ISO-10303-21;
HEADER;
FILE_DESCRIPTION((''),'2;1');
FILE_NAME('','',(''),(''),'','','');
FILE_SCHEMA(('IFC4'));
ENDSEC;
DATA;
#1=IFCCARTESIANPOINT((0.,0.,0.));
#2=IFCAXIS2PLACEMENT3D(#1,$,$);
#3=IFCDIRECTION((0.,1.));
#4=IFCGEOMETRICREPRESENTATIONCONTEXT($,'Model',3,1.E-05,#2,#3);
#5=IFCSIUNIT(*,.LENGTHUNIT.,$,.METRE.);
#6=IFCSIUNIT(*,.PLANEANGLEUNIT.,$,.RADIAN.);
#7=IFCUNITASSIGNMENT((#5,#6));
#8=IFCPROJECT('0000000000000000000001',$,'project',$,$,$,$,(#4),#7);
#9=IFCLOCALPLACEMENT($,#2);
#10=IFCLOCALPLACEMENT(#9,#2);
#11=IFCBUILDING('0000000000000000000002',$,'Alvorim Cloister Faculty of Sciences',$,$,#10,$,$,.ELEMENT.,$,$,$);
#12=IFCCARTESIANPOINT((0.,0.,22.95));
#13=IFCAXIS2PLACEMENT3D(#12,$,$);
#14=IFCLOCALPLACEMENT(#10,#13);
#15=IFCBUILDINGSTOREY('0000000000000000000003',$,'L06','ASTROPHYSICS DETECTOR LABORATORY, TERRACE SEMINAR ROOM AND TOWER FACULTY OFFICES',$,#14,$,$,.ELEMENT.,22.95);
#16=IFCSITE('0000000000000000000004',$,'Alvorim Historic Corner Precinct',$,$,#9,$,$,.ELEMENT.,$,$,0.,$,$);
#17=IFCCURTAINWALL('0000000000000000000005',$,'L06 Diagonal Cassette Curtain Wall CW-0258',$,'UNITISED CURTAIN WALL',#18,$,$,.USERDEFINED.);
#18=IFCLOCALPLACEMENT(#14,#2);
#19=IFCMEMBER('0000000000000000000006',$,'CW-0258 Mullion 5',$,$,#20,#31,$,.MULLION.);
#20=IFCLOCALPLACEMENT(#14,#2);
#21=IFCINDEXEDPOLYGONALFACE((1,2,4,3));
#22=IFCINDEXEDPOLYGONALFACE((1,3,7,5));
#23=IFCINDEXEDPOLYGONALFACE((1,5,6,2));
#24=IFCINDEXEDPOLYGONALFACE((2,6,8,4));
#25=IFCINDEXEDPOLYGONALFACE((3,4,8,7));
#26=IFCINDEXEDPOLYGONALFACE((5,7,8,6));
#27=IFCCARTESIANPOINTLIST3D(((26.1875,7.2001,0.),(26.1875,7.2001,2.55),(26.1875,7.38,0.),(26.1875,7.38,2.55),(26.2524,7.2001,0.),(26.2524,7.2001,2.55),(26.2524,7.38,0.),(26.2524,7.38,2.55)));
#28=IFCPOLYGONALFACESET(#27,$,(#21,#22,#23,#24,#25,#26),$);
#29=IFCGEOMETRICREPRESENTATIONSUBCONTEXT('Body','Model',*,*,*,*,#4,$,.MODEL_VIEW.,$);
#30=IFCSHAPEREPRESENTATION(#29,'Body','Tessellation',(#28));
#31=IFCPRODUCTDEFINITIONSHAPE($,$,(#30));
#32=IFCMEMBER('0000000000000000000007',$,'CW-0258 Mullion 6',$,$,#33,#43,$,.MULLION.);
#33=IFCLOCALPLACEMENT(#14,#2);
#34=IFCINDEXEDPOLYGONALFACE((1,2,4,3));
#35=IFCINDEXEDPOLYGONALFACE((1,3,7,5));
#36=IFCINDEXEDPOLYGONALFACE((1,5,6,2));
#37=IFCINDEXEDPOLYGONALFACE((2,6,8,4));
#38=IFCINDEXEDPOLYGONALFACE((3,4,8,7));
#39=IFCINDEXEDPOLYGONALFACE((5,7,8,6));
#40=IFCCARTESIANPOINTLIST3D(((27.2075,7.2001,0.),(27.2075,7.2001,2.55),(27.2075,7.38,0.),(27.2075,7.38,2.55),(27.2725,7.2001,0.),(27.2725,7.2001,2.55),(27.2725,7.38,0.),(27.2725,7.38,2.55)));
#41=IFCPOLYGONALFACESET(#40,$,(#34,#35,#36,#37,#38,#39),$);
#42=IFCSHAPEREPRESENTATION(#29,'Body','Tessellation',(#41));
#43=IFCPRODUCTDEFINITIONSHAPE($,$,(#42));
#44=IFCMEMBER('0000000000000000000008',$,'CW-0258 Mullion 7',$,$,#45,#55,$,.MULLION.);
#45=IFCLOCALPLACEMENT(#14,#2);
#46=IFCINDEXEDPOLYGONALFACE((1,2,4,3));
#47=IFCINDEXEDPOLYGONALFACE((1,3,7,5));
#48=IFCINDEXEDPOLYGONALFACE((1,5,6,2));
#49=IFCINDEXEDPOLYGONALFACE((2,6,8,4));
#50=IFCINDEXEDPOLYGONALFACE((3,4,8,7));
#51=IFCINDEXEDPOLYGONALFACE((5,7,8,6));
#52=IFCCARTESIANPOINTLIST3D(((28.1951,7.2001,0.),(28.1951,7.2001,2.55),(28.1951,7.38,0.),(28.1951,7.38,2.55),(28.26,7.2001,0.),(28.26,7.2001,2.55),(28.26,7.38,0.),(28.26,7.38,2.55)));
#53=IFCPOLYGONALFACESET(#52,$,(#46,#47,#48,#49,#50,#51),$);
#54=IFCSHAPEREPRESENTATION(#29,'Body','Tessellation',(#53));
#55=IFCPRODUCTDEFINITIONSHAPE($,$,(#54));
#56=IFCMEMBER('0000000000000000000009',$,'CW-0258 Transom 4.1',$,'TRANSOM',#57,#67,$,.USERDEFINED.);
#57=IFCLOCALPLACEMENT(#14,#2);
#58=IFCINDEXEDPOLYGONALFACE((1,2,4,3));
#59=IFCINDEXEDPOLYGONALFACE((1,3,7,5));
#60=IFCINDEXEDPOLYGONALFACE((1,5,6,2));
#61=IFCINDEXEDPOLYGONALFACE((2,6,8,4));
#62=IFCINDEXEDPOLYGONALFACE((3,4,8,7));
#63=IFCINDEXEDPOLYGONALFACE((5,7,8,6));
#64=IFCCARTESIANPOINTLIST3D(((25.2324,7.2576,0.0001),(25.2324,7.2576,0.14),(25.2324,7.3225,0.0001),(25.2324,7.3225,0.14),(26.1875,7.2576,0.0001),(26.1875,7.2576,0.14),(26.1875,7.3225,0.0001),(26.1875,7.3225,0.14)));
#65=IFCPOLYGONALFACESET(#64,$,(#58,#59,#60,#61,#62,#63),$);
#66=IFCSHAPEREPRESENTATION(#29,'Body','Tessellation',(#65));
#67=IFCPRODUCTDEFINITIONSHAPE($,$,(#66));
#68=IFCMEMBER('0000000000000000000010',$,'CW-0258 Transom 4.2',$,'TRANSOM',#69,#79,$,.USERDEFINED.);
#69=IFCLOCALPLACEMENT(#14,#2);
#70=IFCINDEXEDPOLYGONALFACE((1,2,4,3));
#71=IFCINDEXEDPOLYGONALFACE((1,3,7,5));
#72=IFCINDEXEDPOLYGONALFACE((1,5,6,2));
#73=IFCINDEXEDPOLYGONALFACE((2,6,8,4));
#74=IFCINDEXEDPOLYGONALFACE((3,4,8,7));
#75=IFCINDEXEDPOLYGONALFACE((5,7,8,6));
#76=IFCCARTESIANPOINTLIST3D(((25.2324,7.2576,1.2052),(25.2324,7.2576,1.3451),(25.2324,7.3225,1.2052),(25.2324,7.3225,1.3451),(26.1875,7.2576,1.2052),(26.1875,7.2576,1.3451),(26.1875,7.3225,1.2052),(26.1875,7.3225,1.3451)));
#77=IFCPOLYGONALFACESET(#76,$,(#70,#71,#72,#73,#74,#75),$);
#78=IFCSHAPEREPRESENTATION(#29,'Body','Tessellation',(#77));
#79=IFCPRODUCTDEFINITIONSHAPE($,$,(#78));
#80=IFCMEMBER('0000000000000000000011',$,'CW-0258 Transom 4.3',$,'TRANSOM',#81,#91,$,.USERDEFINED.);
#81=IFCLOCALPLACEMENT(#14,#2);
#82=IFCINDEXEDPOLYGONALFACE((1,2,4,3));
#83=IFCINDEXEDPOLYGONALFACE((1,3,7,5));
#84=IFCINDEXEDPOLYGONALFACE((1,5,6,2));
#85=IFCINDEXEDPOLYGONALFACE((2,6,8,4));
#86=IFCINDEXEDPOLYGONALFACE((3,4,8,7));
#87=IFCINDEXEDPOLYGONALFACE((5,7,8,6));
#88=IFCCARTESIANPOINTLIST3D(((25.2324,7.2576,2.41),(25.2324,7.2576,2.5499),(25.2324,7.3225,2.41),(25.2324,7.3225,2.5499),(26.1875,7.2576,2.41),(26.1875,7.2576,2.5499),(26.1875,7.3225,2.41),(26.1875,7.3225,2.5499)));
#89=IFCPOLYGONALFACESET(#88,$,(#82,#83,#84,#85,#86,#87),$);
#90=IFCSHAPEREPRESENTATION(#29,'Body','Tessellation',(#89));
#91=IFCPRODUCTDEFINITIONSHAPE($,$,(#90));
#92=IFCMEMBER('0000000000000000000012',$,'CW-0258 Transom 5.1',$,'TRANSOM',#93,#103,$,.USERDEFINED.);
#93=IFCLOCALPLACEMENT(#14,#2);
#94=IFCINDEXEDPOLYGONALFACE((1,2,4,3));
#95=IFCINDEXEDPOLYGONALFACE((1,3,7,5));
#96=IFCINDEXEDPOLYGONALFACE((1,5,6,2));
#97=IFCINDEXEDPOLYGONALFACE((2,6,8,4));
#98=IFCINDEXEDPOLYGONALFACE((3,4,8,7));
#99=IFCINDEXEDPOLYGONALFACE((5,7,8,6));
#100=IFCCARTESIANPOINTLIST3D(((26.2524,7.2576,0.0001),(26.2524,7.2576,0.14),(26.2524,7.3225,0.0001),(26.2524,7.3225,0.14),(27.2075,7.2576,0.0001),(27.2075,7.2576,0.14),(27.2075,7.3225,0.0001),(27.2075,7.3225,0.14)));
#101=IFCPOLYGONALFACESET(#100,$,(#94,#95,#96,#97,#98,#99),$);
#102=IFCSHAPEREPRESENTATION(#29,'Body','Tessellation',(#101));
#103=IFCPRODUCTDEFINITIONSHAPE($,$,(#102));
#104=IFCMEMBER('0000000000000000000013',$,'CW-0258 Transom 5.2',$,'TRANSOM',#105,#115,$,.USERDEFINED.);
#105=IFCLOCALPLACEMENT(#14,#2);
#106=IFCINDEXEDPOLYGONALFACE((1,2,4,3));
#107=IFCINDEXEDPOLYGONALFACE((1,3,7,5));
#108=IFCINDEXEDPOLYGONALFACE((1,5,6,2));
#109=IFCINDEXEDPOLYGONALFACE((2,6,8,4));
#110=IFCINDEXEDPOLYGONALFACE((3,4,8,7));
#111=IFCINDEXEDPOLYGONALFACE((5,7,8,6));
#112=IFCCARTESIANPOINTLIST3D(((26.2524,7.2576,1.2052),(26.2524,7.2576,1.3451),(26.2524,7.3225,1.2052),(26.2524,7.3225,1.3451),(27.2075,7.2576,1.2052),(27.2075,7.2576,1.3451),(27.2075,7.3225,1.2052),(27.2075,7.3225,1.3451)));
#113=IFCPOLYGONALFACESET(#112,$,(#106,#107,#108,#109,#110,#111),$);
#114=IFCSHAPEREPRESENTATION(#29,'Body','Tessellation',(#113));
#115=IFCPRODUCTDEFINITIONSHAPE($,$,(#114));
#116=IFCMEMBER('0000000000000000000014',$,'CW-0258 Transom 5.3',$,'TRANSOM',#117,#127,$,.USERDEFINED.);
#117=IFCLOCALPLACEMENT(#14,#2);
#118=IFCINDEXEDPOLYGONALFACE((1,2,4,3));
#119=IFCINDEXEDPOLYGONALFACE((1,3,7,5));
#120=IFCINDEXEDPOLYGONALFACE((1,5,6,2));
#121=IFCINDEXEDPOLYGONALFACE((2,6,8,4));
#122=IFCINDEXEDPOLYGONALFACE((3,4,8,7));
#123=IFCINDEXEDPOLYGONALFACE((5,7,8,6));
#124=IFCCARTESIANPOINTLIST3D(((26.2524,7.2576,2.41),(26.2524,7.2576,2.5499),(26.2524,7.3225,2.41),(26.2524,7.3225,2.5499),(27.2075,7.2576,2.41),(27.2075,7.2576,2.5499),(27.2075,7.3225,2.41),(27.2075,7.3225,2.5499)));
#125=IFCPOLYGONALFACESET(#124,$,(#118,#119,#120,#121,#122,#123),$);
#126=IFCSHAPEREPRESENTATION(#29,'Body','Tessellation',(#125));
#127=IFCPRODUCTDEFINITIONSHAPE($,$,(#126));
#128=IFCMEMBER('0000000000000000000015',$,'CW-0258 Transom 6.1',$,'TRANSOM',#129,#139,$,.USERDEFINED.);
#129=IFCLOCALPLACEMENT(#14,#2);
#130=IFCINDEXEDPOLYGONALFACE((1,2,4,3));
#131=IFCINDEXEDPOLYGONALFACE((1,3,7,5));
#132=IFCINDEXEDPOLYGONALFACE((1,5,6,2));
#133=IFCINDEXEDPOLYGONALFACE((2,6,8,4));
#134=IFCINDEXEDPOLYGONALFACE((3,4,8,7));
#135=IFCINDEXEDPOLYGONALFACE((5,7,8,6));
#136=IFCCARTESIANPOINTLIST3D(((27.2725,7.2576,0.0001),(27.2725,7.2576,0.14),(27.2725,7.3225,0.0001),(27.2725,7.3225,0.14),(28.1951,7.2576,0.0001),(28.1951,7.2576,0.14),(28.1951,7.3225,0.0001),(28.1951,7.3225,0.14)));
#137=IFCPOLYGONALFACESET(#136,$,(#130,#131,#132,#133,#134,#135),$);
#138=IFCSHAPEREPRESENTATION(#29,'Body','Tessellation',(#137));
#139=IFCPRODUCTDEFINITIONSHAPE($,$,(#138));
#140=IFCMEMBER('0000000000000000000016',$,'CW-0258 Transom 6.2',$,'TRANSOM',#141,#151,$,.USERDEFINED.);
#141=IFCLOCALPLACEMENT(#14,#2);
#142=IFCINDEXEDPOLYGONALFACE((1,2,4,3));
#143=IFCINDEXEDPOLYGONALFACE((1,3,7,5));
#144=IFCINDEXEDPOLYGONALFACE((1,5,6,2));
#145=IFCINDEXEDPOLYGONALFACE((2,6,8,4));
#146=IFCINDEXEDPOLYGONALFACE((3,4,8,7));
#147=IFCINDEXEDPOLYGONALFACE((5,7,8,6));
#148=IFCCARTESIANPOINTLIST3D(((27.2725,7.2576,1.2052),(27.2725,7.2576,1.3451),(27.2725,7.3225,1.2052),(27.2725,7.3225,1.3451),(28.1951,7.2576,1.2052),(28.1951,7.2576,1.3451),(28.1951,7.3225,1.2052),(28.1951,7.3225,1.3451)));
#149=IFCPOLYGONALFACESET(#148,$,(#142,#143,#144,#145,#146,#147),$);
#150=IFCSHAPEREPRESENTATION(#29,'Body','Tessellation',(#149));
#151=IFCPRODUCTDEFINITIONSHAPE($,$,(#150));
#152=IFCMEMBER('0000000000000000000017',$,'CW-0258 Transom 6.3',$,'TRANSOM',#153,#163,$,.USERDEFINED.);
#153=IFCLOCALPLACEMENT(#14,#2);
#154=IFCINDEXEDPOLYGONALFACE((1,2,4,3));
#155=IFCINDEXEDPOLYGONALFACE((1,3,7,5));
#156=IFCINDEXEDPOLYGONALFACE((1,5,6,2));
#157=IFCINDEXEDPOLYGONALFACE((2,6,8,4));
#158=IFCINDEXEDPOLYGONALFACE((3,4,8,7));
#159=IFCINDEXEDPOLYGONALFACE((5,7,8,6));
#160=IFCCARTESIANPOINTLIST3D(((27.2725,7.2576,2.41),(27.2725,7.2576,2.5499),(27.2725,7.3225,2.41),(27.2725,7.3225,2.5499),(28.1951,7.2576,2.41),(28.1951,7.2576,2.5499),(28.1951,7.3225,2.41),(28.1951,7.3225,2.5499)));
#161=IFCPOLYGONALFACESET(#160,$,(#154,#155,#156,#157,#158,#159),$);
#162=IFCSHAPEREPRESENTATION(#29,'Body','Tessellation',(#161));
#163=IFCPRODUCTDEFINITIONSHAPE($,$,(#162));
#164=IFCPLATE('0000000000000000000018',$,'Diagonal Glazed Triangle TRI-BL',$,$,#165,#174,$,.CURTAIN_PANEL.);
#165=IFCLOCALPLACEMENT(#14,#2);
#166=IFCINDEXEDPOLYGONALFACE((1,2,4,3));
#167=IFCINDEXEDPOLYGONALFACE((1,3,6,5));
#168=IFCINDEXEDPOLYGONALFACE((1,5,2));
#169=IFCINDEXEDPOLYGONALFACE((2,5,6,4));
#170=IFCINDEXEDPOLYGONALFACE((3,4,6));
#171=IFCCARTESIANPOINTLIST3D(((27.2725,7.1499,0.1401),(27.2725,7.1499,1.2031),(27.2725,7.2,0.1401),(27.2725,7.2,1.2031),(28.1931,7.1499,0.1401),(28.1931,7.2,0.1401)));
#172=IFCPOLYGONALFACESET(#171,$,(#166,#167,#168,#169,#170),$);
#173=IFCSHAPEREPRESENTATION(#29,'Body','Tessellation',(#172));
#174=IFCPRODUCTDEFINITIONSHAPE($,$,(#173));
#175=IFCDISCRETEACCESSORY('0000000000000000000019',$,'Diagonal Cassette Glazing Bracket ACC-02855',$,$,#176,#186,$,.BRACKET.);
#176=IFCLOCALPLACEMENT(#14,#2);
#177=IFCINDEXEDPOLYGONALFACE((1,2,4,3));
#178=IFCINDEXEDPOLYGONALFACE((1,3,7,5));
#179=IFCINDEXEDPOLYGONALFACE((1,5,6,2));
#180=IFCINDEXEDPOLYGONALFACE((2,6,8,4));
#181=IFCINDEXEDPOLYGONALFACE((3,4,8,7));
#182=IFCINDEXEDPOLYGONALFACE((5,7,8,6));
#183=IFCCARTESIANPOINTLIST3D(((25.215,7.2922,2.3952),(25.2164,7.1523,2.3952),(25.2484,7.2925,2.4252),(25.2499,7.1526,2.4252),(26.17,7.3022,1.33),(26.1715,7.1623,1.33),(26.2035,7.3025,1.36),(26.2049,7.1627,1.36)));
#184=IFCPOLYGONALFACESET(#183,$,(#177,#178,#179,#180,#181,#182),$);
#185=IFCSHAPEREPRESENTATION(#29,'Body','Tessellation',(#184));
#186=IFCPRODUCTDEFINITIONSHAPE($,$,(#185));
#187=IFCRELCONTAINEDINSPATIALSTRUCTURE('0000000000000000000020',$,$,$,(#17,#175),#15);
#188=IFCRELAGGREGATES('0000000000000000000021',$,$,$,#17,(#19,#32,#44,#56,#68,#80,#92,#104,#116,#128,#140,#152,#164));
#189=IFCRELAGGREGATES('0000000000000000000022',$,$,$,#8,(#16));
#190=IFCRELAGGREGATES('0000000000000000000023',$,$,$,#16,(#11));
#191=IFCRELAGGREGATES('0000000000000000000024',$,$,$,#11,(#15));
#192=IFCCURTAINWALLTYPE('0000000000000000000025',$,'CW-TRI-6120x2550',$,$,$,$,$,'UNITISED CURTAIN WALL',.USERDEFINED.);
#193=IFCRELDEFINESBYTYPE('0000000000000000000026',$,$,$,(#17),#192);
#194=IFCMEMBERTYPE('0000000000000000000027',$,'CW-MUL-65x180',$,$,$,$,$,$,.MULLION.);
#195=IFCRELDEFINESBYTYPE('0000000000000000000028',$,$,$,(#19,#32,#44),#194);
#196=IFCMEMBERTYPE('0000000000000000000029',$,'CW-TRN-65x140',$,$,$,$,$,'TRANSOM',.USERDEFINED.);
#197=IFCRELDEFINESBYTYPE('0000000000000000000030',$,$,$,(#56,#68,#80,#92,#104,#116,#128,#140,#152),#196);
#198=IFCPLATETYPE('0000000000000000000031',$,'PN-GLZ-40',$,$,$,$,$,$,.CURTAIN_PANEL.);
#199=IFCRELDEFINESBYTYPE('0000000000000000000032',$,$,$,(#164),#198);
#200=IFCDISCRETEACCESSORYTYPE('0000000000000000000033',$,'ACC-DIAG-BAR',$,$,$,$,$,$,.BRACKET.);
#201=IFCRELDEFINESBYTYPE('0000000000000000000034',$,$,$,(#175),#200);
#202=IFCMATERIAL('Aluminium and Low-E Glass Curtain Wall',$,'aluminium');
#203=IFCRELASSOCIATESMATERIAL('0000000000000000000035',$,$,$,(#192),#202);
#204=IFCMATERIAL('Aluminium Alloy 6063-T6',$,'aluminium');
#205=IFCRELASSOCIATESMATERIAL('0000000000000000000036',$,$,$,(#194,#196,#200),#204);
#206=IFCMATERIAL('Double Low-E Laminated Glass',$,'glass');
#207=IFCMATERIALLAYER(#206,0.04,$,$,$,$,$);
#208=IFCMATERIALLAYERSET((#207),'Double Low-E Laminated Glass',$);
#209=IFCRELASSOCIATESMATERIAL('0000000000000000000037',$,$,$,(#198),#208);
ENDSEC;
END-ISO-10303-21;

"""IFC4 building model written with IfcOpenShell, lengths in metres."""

from ifc_helpers import new_model, si_unit, direction, frame, origin, origin_2d, place, context, subcontext, project, spatial, polyline, rectangle, outline, extrude, material, layer, layer_set, material_profile, profile_set, type_object, element, aggregate, save


model = new_model("IFC4")

# Units and contexts
model_context = context("Model", 3, precision=1e-05, world=origin(), true_north=direction((0.0, 1.0)))
body_context = subcontext(model_context, "Body", "Model", "MODEL_VIEW")
ifc_project = project(units=[si_unit("LENGTHUNIT", "METRE"), si_unit("PLANEANGLEUNIT", "RADIAN")], contexts=[model_context])

# Site, building, storey
site_placement = place(None, origin())
site = spatial("IfcSite", under=ifc_project, at=site_placement, Name="Alvorim Historic Corner Precinct", CompositionType="ELEMENT", RefElevation=0.0)
building_placement = place(site_placement, origin())
building = spatial("IfcBuilding", under=site, at=building_placement, Name="Alvorim Cloister Faculty of Sciences", CompositionType="ELEMENT")
storey_placement = place(building_placement, frame((0.0, 0.0, 22.95)))
storey = spatial("IfcBuildingStorey", under=building, at=storey_placement, Name="L06", Description="ASTROPHYSICS DETECTOR LABORATORY, TERRACE SEMINAR ROOM AND TOWER FACULTY OFFICES", CompositionType="ELEMENT", Elevation=22.95)

# Curtain wall, members, plate
ifc_material_1 = material(Name="Aluminium and Low-E Glass Curtain Wall", Category="aluminium")
curtain_wall_type = type_object("IfcCurtainWallType", Name="CW-TRI-6120x2550", ElementType="UNITISED CURTAIN WALL", PredefinedType="USERDEFINED", material=ifc_material_1)
curtain_wall_placement = place(storey_placement, origin())
curtain_wall = element("IfcCurtainWall", 1, at=curtain_wall_placement, inside=storey, type_object=curtain_wall_type, Name="L06 Diagonal Cassette Curtain Wall CW-0258", ObjectType="UNITISED CURTAIN WALL", PredefinedType="USERDEFINED")
ifc_material_2 = material(Name="Aluminium Alloy 6063-T6", Category="aluminium")
ifc_material_profile_1 = material_profile(ifc_material_2, rectangle(XDim=0.0649, YDim=0.1799, at=origin_2d()), Name="ALU-MUL-65x180")
ifc_profile_set_1 = profile_set([ifc_material_profile_1], Name="Aluminium Alloy 6063-T6")
member_type_1 = type_object("IfcMemberType", Name="CW-MUL-65x180", PredefinedType="MULLION", material=ifc_profile_set_1)
member_1_placement = place(storey_placement, frame((26.22, 7.29, 0.0), z_axis=(0.0, 0.0, 1.0), x_axis=(1.0, 0.0, 0.0)))
member_1 = element("IfcMember", 2, at=member_1_placement, type_object=member_type_1, Name="CW-0258 Mullion 5", PredefinedType="MULLION", context=body_context, shape_type="SweptSolid", body=[
    extrude(rectangle(XDim=0.0649, YDim=0.1799, at=origin_2d()), origin(), (0.0, 0.0, 1.0), 2.55),
])
member_2_placement = place(storey_placement, frame((27.24, 7.29, 0.0), z_axis=(0.0, 0.0, 1.0), x_axis=(1.0, 0.0, 0.0)))
member_2 = element("IfcMember", 3, at=member_2_placement, type_object=member_type_1, Name="CW-0258 Mullion 6", PredefinedType="MULLION", context=body_context, shape_type="SweptSolid", body=[
    extrude(rectangle(XDim=0.0649, YDim=0.1799, at=origin_2d()), origin(), (0.0, 0.0, 1.0), 2.55),
])
member_3_placement = place(storey_placement, frame((28.2275, 7.29, 0.0), z_axis=(0.0, 0.0, 1.0), x_axis=(1.0, 0.0, 0.0)))
member_3 = element("IfcMember", 4, at=member_3_placement, type_object=member_type_1, Name="CW-0258 Mullion 7", PredefinedType="MULLION", context=body_context, shape_type="SweptSolid", body=[
    extrude(rectangle(XDim=0.0649, YDim=0.1799, at=origin_2d()), origin(), (0.0, 0.0, 1.0), 2.55),
])
ifc_material_profile_2 = material_profile(ifc_material_2, rectangle(XDim=0.0649, YDim=0.1399, at=origin_2d()), Name="ALU-TRN-65x140")
ifc_profile_set_2 = profile_set([ifc_material_profile_2], Name="Aluminium Alloy 6063-T6")
member_type_2 = type_object("IfcMemberType", Name="CW-TRN-65x140", ElementType="TRANSOM", PredefinedType="USERDEFINED", material=ifc_profile_set_2)
member_4_placement = place(storey_placement, frame((25.2324, 7.29, 0.0701), z_axis=(1.0, 0.0, 0.0), x_axis=(0.0, 1.0, 0.0)))
member_4 = element("IfcMember", 5, at=member_4_placement, type_object=member_type_2, Name="CW-0258 Transom 4.1", ObjectType="TRANSOM", PredefinedType="USERDEFINED", context=body_context, shape_type="SweptSolid", body=[
    extrude(rectangle(XDim=0.0649, YDim=0.1399, at=origin_2d()), origin(), (0.0, 0.0, 1.0), 0.9551),
])
member_5_placement = place(storey_placement, frame((25.2324, 7.29, 1.2751), z_axis=(1.0, 0.0, 0.0), x_axis=(0.0, 1.0, 0.0)))
member_5 = element("IfcMember", 6, at=member_5_placement, type_object=member_type_2, Name="CW-0258 Transom 4.2", ObjectType="TRANSOM", PredefinedType="USERDEFINED", context=body_context, shape_type="SweptSolid", body=[
    extrude(rectangle(XDim=0.0649, YDim=0.1399, at=origin_2d()), origin(), (0.0, 0.0, 1.0), 0.9551),
])
member_6_placement = place(storey_placement, frame((25.2324, 7.29, 2.48), z_axis=(1.0, 0.0, 0.0), x_axis=(0.0, 1.0, 0.0)))
member_6 = element("IfcMember", 7, at=member_6_placement, type_object=member_type_2, Name="CW-0258 Transom 4.3", ObjectType="TRANSOM", PredefinedType="USERDEFINED", context=body_context, shape_type="SweptSolid", body=[
    extrude(rectangle(XDim=0.0649, YDim=0.1399, at=origin_2d()), origin(), (0.0, 0.0, 1.0), 0.9551),
])
member_7_placement = place(storey_placement, frame((26.2524, 7.29, 0.0701), z_axis=(1.0, 0.0, 0.0), x_axis=(0.0, 1.0, 0.0)))
member_7 = element("IfcMember", 8, at=member_7_placement, type_object=member_type_2, Name="CW-0258 Transom 5.1", ObjectType="TRANSOM", PredefinedType="USERDEFINED", context=body_context, shape_type="SweptSolid", body=[
    extrude(rectangle(XDim=0.0649, YDim=0.1399, at=origin_2d()), origin(), (0.0, 0.0, 1.0), 0.9551),
])
member_8_placement = place(storey_placement, frame((26.2524, 7.29, 1.2751), z_axis=(1.0, 0.0, 0.0), x_axis=(0.0, 1.0, 0.0)))
member_8 = element("IfcMember", 9, at=member_8_placement, type_object=member_type_2, Name="CW-0258 Transom 5.2", ObjectType="TRANSOM", PredefinedType="USERDEFINED", context=body_context, shape_type="SweptSolid", body=[
    extrude(rectangle(XDim=0.0649, YDim=0.1399, at=origin_2d()), origin(), (0.0, 0.0, 1.0), 0.9551),
])
member_9_placement = place(storey_placement, frame((26.2524, 7.29, 2.48), z_axis=(1.0, 0.0, 0.0), x_axis=(0.0, 1.0, 0.0)))
member_9 = element("IfcMember", 10, at=member_9_placement, type_object=member_type_2, Name="CW-0258 Transom 5.3", ObjectType="TRANSOM", PredefinedType="USERDEFINED", context=body_context, shape_type="SweptSolid", body=[
    extrude(rectangle(XDim=0.0649, YDim=0.1399, at=origin_2d()), origin(), (0.0, 0.0, 1.0), 0.9551),
])
member_10_placement = place(storey_placement, frame((27.2725, 7.29, 0.0701), z_axis=(1.0, 0.0, 0.0), x_axis=(0.0, 1.0, 0.0)))
member_10 = element("IfcMember", 11, at=member_10_placement, type_object=member_type_2, Name="CW-0258 Transom 6.1", ObjectType="TRANSOM", PredefinedType="USERDEFINED", context=body_context, shape_type="SweptSolid", body=[
    extrude(rectangle(XDim=0.0649, YDim=0.1399, at=origin_2d()), origin(), (0.0, 0.0, 1.0), 0.9226),
])
member_11_placement = place(storey_placement, frame((27.2725, 7.29, 1.2751), z_axis=(1.0, 0.0, 0.0), x_axis=(0.0, 1.0, 0.0)))
member_11 = element("IfcMember", 12, at=member_11_placement, type_object=member_type_2, Name="CW-0258 Transom 6.2", ObjectType="TRANSOM", PredefinedType="USERDEFINED", context=body_context, shape_type="SweptSolid", body=[
    extrude(rectangle(XDim=0.0649, YDim=0.1399, at=origin_2d()), origin(), (0.0, 0.0, 1.0), 0.9226),
])
member_12_placement = place(storey_placement, frame((27.2725, 7.29, 2.48), z_axis=(1.0, 0.0, 0.0), x_axis=(0.0, 1.0, 0.0)))
member_12 = element("IfcMember", 13, at=member_12_placement, type_object=member_type_2, Name="CW-0258 Transom 6.3", ObjectType="TRANSOM", PredefinedType="USERDEFINED", context=body_context, shape_type="SweptSolid", body=[
    extrude(rectangle(XDim=0.0649, YDim=0.1399, at=origin_2d()), origin(), (0.0, 0.0, 1.0), 0.9226),
])
ifc_material_3 = material(Name="Double Low-E Laminated Glass", Category="glass")
ifc_layer = layer(ifc_material_3, 0.04)
ifc_layer_set = layer_set([ifc_layer], Name="Double Low-E Laminated Glass")
plate_type = type_object("IfcPlateType", Name="PN-GLZ-40", PredefinedType="CURTAIN_PANEL", material=ifc_layer_set)
plate_1_placement = place(storey_placement, frame((27.2725, 7.175, 0.1401), z_axis=(0.0, 0.0, 1.0), x_axis=(1.0, 0.0, 0.0)))
plate_1 = element("IfcPlate", 14, at=plate_1_placement, type_object=plate_type, Name="Diagonal Glazed Triangle TRI-BL", PredefinedType="CURTAIN_PANEL", context=body_context, shape_type="SweptSolid", body=[
    extrude(outline(polyline([(0.0, 0.0), (0.9207, 0.0), (0.0, 1.063), (0.0, 0.0)])), frame((0.0, 0.0249, 0.0), z_axis=(0.0, -1.0, 0.0), x_axis=(1.0, 0.0, 0.0)), (0.0, 0.0, 1.0), 0.05),
])
aggregate(curtain_wall, [member_1, member_2, member_3, member_4, member_5, member_6, member_7, member_8, member_9, member_10, member_11, member_12, plate_1])

# Discrete accessory
discrete_accessory_type = type_object("IfcDiscreteAccessoryType", Name="ACC-DIAG-BAR", PredefinedType="BRACKET", material=ifc_material_2)
discrete_accessory_1_placement = place(storey_placement, frame((25.2324, 7.2224, 2.4102), z_axis=(0.667561, 0.006996, -0.744522), x_axis=(-0.01048, 0.999945, 0.0)))
element("IfcDiscreteAccessory", 15, at=discrete_accessory_1_placement, inside=storey, type_object=discrete_accessory_type, Name="Diagonal Cassette Glazing Bracket ACC-02855", PredefinedType="BRACKET", context=body_context, shape_type="SweptSolid", body=[
    extrude(rectangle(XDim=0.1399, YDim=0.0449, at=origin_2d()), origin(), (0.0, 0.0, 1.0), 1.4307),
])

save(model, "model.ifc")
